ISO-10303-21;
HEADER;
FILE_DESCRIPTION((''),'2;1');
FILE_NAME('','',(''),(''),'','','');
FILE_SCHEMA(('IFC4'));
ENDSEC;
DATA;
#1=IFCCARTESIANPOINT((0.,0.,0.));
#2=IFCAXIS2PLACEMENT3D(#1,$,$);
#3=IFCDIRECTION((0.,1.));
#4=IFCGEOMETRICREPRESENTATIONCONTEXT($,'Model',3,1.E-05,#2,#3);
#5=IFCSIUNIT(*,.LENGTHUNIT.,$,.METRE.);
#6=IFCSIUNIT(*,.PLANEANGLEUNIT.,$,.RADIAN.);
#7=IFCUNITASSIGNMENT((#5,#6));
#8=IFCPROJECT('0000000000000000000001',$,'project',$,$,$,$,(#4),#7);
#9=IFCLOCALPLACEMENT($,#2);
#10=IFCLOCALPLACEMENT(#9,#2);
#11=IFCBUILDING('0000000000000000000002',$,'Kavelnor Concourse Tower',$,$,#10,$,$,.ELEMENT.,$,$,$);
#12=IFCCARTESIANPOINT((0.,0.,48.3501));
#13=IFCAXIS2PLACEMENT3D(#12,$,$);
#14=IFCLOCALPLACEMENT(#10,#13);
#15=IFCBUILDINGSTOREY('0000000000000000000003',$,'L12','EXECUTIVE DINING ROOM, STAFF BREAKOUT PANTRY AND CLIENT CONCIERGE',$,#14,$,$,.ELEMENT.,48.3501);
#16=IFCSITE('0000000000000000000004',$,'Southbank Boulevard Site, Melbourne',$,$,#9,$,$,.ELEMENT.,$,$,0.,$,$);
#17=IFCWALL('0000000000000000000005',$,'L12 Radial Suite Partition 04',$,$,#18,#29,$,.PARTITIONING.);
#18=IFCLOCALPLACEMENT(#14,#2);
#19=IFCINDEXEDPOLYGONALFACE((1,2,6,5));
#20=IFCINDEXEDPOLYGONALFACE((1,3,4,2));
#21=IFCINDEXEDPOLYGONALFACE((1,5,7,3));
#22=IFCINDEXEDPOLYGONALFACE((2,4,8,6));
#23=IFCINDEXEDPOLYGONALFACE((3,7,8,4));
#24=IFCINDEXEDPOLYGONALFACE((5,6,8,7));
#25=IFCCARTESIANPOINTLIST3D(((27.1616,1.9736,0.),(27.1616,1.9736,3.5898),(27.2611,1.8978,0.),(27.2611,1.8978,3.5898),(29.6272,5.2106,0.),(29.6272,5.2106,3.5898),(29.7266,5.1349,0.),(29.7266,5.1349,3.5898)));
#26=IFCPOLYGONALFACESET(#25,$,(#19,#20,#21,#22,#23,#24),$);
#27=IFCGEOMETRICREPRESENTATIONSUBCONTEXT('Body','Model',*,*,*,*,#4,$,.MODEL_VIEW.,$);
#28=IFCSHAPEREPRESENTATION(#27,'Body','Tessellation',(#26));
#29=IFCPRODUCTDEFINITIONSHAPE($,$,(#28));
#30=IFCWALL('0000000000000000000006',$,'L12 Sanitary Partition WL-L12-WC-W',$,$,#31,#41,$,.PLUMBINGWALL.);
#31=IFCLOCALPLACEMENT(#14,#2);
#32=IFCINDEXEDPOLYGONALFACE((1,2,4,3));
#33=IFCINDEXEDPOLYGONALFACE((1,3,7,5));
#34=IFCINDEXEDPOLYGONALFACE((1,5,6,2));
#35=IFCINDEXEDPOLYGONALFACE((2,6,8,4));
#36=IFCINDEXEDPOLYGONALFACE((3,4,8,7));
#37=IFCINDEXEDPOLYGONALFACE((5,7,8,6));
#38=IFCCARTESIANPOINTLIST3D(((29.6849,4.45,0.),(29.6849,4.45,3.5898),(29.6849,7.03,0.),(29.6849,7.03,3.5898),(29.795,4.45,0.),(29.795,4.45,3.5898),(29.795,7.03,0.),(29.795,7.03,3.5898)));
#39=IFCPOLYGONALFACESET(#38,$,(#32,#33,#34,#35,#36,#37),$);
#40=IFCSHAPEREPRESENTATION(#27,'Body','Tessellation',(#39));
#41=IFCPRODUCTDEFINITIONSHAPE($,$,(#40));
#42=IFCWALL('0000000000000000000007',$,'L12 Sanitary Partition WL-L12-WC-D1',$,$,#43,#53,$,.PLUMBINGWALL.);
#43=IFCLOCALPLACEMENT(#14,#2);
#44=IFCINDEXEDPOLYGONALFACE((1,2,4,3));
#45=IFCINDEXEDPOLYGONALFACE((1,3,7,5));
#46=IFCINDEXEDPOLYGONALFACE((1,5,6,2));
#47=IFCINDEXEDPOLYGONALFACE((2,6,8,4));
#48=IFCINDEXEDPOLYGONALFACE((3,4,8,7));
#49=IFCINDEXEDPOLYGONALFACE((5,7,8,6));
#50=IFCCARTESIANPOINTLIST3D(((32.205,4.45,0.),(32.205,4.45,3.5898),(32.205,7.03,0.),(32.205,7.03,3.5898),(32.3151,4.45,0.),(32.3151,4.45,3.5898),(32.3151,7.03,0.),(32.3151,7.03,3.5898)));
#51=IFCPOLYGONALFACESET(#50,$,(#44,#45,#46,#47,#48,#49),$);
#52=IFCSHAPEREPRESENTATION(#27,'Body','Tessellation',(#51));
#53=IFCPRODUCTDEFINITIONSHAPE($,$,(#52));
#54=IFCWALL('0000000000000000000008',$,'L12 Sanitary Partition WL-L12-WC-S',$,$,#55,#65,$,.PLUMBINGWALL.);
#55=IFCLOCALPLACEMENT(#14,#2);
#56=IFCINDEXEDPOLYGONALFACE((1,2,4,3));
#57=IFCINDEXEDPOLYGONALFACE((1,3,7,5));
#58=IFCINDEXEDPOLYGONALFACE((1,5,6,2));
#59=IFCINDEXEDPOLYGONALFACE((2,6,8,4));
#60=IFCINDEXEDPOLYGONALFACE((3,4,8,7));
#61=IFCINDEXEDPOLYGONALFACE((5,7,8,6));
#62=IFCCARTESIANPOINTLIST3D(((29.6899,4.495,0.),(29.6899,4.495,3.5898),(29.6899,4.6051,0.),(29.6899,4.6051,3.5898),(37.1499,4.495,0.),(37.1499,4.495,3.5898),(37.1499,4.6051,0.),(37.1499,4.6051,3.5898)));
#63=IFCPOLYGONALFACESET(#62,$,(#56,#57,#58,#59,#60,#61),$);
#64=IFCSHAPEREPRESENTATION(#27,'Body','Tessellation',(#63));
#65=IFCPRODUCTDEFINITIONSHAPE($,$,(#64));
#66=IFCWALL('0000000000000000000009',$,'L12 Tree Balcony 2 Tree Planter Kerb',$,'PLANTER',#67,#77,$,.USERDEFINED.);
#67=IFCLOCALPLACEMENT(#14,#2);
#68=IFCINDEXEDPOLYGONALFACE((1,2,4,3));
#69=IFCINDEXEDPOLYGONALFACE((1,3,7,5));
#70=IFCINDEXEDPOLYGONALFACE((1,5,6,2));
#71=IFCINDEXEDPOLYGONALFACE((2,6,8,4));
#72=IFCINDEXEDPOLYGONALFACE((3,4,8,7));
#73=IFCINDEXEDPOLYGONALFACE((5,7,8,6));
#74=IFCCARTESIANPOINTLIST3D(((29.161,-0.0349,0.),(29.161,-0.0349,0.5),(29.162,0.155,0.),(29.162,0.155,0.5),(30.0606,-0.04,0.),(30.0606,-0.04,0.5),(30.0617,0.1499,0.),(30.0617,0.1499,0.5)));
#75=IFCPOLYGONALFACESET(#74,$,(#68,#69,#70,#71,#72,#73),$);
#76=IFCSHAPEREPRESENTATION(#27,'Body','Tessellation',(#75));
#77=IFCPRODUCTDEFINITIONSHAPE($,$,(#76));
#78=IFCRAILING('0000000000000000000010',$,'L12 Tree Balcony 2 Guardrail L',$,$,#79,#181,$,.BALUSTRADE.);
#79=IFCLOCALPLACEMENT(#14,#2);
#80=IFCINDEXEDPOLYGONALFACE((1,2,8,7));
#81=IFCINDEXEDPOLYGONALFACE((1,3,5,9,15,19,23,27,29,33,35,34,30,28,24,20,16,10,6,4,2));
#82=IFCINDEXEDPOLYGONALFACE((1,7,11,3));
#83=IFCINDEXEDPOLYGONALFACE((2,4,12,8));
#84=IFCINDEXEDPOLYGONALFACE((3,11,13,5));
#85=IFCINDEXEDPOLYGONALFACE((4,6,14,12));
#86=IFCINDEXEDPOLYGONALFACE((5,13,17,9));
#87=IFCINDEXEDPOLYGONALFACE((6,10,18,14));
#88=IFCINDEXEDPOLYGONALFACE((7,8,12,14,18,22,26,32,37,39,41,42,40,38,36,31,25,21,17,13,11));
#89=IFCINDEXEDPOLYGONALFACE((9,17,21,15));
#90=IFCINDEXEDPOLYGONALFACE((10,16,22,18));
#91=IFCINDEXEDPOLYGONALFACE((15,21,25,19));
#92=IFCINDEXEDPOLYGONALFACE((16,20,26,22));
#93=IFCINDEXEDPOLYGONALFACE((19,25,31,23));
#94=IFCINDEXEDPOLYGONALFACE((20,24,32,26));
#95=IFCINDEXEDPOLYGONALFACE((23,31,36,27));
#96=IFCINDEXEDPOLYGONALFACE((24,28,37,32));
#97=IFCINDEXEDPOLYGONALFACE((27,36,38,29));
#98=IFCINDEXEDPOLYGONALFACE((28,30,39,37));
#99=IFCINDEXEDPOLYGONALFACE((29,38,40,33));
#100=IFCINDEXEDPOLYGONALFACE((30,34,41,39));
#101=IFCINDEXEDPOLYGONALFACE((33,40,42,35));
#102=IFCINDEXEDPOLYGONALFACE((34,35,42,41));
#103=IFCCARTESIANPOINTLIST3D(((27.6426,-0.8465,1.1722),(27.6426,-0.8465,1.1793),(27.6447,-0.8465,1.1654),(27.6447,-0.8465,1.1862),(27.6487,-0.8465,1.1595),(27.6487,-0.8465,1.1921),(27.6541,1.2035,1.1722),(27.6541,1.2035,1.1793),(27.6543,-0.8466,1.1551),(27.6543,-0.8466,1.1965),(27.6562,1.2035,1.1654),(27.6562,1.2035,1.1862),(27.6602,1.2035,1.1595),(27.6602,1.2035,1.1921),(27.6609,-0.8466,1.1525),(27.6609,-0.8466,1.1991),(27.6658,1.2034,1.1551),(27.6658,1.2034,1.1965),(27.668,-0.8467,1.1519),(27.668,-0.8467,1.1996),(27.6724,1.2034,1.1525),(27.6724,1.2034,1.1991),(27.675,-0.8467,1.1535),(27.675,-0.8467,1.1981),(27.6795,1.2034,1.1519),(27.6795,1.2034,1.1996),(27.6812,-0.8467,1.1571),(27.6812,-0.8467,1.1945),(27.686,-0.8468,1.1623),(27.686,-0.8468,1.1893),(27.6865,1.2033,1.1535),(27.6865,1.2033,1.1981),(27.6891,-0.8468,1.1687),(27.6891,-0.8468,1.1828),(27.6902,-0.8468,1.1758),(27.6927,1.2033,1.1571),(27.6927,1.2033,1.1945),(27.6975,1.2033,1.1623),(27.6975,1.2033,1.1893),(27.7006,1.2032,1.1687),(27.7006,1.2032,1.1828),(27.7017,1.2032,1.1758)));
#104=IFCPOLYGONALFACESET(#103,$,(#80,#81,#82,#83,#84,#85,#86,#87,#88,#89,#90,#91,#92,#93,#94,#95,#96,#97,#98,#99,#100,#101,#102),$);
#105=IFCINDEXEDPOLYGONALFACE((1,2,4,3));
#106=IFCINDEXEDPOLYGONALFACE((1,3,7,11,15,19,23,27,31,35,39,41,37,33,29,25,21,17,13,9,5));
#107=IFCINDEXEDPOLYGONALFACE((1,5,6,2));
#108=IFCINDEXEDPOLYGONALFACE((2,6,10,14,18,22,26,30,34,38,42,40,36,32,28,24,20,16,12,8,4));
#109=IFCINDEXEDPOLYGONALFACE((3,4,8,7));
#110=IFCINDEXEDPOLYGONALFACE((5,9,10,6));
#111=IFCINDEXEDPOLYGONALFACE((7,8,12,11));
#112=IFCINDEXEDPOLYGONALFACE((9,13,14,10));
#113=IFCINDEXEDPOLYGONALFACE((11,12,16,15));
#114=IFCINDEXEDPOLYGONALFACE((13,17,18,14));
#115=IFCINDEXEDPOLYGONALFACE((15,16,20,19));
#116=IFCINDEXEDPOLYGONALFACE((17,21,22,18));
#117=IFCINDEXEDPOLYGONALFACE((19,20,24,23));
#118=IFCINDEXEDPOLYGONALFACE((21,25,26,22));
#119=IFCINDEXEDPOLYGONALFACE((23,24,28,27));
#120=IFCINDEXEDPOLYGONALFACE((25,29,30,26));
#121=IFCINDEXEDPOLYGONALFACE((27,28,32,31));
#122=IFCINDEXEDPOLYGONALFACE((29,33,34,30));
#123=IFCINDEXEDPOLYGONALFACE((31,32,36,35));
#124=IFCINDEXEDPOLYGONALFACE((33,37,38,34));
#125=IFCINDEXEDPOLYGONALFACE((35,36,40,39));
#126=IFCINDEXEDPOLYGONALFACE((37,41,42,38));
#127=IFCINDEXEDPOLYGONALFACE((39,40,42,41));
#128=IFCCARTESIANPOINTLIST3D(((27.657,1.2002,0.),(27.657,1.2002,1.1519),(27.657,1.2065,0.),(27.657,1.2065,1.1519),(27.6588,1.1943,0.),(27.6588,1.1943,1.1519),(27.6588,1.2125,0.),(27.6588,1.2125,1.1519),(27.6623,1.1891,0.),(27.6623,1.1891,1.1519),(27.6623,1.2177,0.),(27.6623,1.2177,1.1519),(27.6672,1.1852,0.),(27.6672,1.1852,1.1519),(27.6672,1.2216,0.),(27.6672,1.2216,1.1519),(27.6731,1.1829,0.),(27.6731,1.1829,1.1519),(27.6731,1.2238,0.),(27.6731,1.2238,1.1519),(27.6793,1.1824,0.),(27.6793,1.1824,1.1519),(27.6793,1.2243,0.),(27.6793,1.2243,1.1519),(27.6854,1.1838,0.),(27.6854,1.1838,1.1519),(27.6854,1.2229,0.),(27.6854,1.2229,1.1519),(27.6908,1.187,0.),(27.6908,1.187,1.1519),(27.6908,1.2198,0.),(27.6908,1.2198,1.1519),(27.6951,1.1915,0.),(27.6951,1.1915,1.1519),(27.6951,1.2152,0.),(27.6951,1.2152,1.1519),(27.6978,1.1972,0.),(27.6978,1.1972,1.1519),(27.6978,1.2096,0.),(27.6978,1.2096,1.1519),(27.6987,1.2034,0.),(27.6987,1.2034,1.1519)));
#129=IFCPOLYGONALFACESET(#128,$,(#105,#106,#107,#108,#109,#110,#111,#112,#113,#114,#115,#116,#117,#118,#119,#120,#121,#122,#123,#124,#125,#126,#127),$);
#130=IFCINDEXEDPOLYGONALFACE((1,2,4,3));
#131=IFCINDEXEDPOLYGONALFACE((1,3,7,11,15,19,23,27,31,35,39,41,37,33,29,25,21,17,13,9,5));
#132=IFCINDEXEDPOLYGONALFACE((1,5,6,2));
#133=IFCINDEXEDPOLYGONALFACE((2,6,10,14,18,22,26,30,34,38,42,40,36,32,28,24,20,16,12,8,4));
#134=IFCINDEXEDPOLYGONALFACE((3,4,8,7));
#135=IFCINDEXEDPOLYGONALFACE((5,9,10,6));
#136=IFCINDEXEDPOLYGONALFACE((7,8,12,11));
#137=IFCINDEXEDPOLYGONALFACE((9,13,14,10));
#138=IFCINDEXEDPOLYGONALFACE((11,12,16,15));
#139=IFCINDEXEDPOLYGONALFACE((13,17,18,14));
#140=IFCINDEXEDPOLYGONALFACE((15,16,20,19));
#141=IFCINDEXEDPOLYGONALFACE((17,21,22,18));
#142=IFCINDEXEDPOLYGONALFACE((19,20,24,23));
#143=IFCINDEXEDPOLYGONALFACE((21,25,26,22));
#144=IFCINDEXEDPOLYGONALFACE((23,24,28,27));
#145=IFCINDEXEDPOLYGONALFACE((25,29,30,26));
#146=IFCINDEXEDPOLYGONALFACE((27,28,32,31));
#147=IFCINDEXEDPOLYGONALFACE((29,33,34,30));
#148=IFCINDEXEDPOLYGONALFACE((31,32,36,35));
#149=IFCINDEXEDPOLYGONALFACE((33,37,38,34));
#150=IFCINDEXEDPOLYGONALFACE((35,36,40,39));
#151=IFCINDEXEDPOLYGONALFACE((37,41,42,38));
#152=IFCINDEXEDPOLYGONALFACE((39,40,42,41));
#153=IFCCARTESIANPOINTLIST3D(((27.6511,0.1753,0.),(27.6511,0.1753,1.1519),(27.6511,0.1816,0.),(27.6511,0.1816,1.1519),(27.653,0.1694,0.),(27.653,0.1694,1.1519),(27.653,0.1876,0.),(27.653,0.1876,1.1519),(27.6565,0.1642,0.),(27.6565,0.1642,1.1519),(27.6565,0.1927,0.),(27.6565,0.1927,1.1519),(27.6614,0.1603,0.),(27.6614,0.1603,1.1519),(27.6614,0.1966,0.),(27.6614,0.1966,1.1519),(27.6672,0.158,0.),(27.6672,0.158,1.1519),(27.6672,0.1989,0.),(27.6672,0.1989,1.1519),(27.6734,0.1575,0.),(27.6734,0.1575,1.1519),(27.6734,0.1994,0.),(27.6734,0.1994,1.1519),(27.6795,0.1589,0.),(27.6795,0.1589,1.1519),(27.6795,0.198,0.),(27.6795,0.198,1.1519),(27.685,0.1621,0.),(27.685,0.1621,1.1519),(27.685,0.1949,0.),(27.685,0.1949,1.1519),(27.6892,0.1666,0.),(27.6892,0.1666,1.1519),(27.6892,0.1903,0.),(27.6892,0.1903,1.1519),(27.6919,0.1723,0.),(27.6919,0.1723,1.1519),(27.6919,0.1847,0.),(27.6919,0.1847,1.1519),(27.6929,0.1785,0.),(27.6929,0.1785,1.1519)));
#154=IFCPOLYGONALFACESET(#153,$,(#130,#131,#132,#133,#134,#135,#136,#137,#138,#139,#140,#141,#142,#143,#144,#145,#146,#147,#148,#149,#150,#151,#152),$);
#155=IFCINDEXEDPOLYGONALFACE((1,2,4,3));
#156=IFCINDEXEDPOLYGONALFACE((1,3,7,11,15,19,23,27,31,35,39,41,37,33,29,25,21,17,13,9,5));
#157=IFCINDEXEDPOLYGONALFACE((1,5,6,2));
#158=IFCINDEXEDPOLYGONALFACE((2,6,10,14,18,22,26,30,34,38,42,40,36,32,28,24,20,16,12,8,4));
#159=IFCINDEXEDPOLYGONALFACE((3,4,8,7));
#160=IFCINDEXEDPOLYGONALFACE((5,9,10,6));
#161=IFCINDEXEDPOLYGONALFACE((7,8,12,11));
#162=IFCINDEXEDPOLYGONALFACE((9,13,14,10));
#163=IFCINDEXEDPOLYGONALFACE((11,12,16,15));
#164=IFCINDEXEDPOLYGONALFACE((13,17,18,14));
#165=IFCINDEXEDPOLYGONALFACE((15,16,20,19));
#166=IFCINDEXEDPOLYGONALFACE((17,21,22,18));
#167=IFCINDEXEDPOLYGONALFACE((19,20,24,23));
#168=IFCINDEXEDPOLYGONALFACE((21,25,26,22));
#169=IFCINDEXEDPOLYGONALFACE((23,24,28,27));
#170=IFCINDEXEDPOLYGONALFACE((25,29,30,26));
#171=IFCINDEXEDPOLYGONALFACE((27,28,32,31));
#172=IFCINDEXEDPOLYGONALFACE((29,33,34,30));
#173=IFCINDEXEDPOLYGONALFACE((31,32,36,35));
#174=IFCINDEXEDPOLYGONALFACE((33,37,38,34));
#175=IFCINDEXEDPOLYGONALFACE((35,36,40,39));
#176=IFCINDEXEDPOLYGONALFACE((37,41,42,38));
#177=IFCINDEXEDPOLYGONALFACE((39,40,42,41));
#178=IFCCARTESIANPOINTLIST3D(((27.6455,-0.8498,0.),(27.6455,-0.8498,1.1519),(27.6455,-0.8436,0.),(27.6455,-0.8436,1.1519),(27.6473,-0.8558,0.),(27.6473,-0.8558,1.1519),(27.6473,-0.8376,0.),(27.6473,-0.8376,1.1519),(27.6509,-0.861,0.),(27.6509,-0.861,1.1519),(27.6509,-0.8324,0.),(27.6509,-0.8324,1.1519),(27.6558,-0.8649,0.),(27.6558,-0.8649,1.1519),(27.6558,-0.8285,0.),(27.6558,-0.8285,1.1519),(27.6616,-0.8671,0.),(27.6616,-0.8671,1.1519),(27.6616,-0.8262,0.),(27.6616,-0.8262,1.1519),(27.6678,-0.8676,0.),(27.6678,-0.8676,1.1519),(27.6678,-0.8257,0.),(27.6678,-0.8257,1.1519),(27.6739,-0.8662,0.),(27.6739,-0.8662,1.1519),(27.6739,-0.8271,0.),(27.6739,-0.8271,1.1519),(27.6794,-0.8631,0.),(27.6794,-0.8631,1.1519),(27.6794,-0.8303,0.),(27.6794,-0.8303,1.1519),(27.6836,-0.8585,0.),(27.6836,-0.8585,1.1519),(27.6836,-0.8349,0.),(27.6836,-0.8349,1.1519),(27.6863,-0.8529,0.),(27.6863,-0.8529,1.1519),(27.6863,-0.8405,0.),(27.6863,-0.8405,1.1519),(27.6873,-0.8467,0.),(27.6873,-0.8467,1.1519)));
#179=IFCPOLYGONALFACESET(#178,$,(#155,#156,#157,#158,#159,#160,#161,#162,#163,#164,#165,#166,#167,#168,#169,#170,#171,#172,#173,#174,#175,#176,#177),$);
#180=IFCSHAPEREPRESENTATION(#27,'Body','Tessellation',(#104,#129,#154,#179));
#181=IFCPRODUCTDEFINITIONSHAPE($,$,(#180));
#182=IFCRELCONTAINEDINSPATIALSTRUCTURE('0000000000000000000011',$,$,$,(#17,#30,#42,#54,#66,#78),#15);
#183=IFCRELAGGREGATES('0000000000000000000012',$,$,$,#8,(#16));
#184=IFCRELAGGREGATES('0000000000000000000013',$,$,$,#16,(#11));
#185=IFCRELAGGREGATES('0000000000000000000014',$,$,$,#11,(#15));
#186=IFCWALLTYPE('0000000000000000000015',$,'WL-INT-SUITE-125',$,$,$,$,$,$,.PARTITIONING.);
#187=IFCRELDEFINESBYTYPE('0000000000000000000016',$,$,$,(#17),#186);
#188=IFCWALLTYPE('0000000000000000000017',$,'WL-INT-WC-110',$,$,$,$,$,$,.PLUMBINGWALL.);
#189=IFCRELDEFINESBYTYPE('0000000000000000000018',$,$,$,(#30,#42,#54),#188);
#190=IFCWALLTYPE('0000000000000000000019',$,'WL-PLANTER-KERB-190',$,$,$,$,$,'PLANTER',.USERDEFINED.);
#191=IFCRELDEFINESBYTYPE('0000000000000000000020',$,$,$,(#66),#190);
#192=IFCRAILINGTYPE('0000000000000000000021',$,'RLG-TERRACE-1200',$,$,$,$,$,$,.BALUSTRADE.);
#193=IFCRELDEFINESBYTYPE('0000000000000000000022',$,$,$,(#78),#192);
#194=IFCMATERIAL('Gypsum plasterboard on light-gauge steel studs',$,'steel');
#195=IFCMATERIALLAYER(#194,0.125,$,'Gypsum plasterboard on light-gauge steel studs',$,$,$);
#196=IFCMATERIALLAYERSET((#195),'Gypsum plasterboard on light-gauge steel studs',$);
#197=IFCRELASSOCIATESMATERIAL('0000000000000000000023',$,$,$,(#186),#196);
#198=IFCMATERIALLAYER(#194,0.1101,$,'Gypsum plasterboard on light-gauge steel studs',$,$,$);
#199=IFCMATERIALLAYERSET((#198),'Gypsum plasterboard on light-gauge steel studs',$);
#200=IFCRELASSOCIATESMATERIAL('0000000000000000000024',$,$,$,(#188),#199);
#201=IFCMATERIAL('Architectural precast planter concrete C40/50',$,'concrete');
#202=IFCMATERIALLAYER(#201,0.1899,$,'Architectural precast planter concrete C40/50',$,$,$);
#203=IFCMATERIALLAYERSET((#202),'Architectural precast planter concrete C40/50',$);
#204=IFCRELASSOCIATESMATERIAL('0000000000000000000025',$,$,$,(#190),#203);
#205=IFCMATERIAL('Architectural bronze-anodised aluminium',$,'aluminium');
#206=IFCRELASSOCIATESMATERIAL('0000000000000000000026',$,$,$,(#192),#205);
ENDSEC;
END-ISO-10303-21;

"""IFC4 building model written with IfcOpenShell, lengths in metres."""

from ifc_helpers import new_model, si_unit, direction, frame, frame_2d, origin, origin_2d, place, context, subcontext, project, spatial, rectangle, circle, extrude, material, layer, layer_set, type_object, element, save


model = new_model("IFC4")

# Units and contexts
model_context = context("Model", 3, precision=1e-05, world=origin(), true_north=direction((0.0, 1.0)))
body_context = subcontext(model_context, "Body", "Model", "MODEL_VIEW")
ifc_project = project(units=[si_unit("LENGTHUNIT", "METRE"), si_unit("PLANEANGLEUNIT", "RADIAN")], contexts=[model_context])

# Site, building, storey
site_placement = place(None, origin())
site = spatial("IfcSite", under=ifc_project, at=site_placement, Name="Southbank Boulevard Site, Melbourne", CompositionType="ELEMENT", RefElevation=0.0)
building_placement = place(site_placement, origin())
building = spatial("IfcBuilding", under=site, at=building_placement, Name="Kavelnor Concourse Tower", CompositionType="ELEMENT")
storey_placement = place(building_placement, frame((0.0, 0.0, 48.3501)))
storey = spatial("IfcBuildingStorey", under=building, at=storey_placement, Name="L12", Description="EXECUTIVE DINING ROOM, STAFF BREAKOUT PANTRY AND CLIENT CONCIERGE", CompositionType="ELEMENT", Elevation=48.3501)

# Walls
ifc_material_1 = material(Name="Gypsum plasterboard on light-gauge steel studs", Category="steel")
ifc_layer_1 = layer(ifc_material_1, 0.125, Name="Gypsum plasterboard on light-gauge steel studs")
ifc_layer_set_1 = layer_set([ifc_layer_1], Name="Gypsum plasterboard on light-gauge steel studs")
wall_type_1 = type_object("IfcWallType", Name="WL-INT-SUITE-125", PredefinedType="PARTITIONING", material=ifc_layer_set_1)
wall_1_placement = place(storey_placement, frame((29.677, 5.1729, 0.0), z_axis=(0.0, 0.0, 1.0), x_axis=(-0.605926, -0.795521, 0.0)))
element("IfcWall", 1, at=wall_1_placement, inside=storey, type_object=wall_type_1, Name="L12 Radial Suite Partition 04", PredefinedType="PARTITIONING", context=body_context, shape_type="SweptSolid", body=[
    extrude(rectangle(XDim=4.0691, YDim=0.125, at=frame_2d((2.0347, 0.0))), origin(), (0.0, 0.0, 1.0), 3.5898),
])
ifc_layer_2 = layer(ifc_material_1, 0.1101, Name="Gypsum plasterboard on light-gauge steel studs")
ifc_layer_set_2 = layer_set([ifc_layer_2], Name="Gypsum plasterboard on light-gauge steel studs")
wall_type_2 = type_object("IfcWallType", Name="WL-INT-WC-110", PredefinedType="PLUMBINGWALL", material=ifc_layer_set_2)
for number, where, z_axis, x_axis, name in (
    (2, (29.74, 4.45, 0.0), (0.0, 0.0, 1.0), (0.0, 1.0, 0.0), "L12 Sanitary Partition WL-L12-WC-W"),
    (3, (32.26, 4.45, 0.0), (0.0, 0.0, 1.0), (0.0, 1.0, 0.0), "L12 Sanitary Partition WL-L12-WC-D1"),
):
    element("IfcWall", number, at=place(storey_placement, frame(where, z_axis=z_axis, x_axis=x_axis)), inside=storey, type_object=wall_type_2, Name=name, PredefinedType="PLUMBINGWALL", context=body_context, shape_type="SweptSolid", body=[
        extrude(rectangle(XDim=2.5801, YDim=0.1101, at=frame_2d((1.29, 0.0))), origin(), (0.0, 0.0, 1.0), 3.5898),
    ])
wall_2_placement = place(storey_placement, frame((29.6899, 4.55, 0.0), z_axis=(0.0, 0.0, 1.0), x_axis=(1.0, 0.0, 0.0)))
element("IfcWall", 4, at=wall_2_placement, inside=storey, type_object=wall_type_2, Name="L12 Sanitary Partition WL-L12-WC-S", PredefinedType="PLUMBINGWALL", context=body_context, shape_type="SweptSolid", body=[
    extrude(rectangle(XDim=7.46, YDim=0.1101, at=frame_2d((3.73, 0.0))), origin(), (0.0, 0.0, 1.0), 3.5898),
])
ifc_material_2 = material(Name="Architectural precast planter concrete C40/50", Category="concrete")
ifc_layer_3 = layer(ifc_material_2, 0.1899, Name="Architectural precast planter concrete C40/50")
ifc_layer_set_3 = layer_set([ifc_layer_3], Name="Architectural precast planter concrete C40/50")
wall_type_3 = type_object("IfcWallType", Name="WL-PLANTER-KERB-190", ElementType="PLANTER", PredefinedType="USERDEFINED", material=ifc_layer_set_3)
wall_3_placement = place(storey_placement, frame((29.1616, 0.0601, 0.0), z_axis=(0.0, 0.0, 1.0), x_axis=(0.999984, -0.005699, 0.0)))
element("IfcWall", 5, at=wall_3_placement, inside=storey, type_object=wall_type_3, Name="L12 Tree Balcony 2 Tree Planter Kerb", ObjectType="PLANTER", PredefinedType="USERDEFINED", context=body_context, shape_type="SweptSolid", body=[
    extrude(rectangle(XDim=0.8997, YDim=0.1899, at=frame_2d((0.4497, 0.0))), origin(), (0.0, 0.0, 1.0), 0.5),
])

# Railing
ifc_material_3 = material(Name="Architectural bronze-anodised aluminium", Category="aluminium")
railing_type = type_object("IfcRailingType", Name="RLG-TERRACE-1200", PredefinedType="BALUSTRADE", material=ifc_material_3)
railing_1_placement = place(storey_placement, frame((27.6777, 1.2034, 0.0)))
element("IfcRailing", 6, at=railing_1_placement, inside=storey, type_object=railing_type, Name="L12 Tree Balcony 2 Guardrail L", PredefinedType="BALUSTRADE", context=body_context, shape_type="SweptSolid", body=[
    extrude(circle(Radius=0.0239, at=origin_2d()), frame((0.0, 0.0, 1.1758), z_axis=(-0.005597, -0.999984, 0.0), x_axis=(0.999984, -0.005597, 0.0)), (0.0, 0.0, 1.0), 2.05),
    extrude(circle(Radius=0.021, at=origin_2d()), origin(), (0.0, 0.0, 1.0), 1.1519),
    extrude(circle(Radius=0.021, at=origin_2d()), frame((-0.0059, -1.0249, 0.0)), (0.0, 0.0, 1.0), 1.1519),
    extrude(circle(Radius=0.021, at=origin_2d()), frame((-0.0115, -2.05, 0.0)), (0.0, 0.0, 1.0), 1.1519),
])

save(model, "model.ifc")
